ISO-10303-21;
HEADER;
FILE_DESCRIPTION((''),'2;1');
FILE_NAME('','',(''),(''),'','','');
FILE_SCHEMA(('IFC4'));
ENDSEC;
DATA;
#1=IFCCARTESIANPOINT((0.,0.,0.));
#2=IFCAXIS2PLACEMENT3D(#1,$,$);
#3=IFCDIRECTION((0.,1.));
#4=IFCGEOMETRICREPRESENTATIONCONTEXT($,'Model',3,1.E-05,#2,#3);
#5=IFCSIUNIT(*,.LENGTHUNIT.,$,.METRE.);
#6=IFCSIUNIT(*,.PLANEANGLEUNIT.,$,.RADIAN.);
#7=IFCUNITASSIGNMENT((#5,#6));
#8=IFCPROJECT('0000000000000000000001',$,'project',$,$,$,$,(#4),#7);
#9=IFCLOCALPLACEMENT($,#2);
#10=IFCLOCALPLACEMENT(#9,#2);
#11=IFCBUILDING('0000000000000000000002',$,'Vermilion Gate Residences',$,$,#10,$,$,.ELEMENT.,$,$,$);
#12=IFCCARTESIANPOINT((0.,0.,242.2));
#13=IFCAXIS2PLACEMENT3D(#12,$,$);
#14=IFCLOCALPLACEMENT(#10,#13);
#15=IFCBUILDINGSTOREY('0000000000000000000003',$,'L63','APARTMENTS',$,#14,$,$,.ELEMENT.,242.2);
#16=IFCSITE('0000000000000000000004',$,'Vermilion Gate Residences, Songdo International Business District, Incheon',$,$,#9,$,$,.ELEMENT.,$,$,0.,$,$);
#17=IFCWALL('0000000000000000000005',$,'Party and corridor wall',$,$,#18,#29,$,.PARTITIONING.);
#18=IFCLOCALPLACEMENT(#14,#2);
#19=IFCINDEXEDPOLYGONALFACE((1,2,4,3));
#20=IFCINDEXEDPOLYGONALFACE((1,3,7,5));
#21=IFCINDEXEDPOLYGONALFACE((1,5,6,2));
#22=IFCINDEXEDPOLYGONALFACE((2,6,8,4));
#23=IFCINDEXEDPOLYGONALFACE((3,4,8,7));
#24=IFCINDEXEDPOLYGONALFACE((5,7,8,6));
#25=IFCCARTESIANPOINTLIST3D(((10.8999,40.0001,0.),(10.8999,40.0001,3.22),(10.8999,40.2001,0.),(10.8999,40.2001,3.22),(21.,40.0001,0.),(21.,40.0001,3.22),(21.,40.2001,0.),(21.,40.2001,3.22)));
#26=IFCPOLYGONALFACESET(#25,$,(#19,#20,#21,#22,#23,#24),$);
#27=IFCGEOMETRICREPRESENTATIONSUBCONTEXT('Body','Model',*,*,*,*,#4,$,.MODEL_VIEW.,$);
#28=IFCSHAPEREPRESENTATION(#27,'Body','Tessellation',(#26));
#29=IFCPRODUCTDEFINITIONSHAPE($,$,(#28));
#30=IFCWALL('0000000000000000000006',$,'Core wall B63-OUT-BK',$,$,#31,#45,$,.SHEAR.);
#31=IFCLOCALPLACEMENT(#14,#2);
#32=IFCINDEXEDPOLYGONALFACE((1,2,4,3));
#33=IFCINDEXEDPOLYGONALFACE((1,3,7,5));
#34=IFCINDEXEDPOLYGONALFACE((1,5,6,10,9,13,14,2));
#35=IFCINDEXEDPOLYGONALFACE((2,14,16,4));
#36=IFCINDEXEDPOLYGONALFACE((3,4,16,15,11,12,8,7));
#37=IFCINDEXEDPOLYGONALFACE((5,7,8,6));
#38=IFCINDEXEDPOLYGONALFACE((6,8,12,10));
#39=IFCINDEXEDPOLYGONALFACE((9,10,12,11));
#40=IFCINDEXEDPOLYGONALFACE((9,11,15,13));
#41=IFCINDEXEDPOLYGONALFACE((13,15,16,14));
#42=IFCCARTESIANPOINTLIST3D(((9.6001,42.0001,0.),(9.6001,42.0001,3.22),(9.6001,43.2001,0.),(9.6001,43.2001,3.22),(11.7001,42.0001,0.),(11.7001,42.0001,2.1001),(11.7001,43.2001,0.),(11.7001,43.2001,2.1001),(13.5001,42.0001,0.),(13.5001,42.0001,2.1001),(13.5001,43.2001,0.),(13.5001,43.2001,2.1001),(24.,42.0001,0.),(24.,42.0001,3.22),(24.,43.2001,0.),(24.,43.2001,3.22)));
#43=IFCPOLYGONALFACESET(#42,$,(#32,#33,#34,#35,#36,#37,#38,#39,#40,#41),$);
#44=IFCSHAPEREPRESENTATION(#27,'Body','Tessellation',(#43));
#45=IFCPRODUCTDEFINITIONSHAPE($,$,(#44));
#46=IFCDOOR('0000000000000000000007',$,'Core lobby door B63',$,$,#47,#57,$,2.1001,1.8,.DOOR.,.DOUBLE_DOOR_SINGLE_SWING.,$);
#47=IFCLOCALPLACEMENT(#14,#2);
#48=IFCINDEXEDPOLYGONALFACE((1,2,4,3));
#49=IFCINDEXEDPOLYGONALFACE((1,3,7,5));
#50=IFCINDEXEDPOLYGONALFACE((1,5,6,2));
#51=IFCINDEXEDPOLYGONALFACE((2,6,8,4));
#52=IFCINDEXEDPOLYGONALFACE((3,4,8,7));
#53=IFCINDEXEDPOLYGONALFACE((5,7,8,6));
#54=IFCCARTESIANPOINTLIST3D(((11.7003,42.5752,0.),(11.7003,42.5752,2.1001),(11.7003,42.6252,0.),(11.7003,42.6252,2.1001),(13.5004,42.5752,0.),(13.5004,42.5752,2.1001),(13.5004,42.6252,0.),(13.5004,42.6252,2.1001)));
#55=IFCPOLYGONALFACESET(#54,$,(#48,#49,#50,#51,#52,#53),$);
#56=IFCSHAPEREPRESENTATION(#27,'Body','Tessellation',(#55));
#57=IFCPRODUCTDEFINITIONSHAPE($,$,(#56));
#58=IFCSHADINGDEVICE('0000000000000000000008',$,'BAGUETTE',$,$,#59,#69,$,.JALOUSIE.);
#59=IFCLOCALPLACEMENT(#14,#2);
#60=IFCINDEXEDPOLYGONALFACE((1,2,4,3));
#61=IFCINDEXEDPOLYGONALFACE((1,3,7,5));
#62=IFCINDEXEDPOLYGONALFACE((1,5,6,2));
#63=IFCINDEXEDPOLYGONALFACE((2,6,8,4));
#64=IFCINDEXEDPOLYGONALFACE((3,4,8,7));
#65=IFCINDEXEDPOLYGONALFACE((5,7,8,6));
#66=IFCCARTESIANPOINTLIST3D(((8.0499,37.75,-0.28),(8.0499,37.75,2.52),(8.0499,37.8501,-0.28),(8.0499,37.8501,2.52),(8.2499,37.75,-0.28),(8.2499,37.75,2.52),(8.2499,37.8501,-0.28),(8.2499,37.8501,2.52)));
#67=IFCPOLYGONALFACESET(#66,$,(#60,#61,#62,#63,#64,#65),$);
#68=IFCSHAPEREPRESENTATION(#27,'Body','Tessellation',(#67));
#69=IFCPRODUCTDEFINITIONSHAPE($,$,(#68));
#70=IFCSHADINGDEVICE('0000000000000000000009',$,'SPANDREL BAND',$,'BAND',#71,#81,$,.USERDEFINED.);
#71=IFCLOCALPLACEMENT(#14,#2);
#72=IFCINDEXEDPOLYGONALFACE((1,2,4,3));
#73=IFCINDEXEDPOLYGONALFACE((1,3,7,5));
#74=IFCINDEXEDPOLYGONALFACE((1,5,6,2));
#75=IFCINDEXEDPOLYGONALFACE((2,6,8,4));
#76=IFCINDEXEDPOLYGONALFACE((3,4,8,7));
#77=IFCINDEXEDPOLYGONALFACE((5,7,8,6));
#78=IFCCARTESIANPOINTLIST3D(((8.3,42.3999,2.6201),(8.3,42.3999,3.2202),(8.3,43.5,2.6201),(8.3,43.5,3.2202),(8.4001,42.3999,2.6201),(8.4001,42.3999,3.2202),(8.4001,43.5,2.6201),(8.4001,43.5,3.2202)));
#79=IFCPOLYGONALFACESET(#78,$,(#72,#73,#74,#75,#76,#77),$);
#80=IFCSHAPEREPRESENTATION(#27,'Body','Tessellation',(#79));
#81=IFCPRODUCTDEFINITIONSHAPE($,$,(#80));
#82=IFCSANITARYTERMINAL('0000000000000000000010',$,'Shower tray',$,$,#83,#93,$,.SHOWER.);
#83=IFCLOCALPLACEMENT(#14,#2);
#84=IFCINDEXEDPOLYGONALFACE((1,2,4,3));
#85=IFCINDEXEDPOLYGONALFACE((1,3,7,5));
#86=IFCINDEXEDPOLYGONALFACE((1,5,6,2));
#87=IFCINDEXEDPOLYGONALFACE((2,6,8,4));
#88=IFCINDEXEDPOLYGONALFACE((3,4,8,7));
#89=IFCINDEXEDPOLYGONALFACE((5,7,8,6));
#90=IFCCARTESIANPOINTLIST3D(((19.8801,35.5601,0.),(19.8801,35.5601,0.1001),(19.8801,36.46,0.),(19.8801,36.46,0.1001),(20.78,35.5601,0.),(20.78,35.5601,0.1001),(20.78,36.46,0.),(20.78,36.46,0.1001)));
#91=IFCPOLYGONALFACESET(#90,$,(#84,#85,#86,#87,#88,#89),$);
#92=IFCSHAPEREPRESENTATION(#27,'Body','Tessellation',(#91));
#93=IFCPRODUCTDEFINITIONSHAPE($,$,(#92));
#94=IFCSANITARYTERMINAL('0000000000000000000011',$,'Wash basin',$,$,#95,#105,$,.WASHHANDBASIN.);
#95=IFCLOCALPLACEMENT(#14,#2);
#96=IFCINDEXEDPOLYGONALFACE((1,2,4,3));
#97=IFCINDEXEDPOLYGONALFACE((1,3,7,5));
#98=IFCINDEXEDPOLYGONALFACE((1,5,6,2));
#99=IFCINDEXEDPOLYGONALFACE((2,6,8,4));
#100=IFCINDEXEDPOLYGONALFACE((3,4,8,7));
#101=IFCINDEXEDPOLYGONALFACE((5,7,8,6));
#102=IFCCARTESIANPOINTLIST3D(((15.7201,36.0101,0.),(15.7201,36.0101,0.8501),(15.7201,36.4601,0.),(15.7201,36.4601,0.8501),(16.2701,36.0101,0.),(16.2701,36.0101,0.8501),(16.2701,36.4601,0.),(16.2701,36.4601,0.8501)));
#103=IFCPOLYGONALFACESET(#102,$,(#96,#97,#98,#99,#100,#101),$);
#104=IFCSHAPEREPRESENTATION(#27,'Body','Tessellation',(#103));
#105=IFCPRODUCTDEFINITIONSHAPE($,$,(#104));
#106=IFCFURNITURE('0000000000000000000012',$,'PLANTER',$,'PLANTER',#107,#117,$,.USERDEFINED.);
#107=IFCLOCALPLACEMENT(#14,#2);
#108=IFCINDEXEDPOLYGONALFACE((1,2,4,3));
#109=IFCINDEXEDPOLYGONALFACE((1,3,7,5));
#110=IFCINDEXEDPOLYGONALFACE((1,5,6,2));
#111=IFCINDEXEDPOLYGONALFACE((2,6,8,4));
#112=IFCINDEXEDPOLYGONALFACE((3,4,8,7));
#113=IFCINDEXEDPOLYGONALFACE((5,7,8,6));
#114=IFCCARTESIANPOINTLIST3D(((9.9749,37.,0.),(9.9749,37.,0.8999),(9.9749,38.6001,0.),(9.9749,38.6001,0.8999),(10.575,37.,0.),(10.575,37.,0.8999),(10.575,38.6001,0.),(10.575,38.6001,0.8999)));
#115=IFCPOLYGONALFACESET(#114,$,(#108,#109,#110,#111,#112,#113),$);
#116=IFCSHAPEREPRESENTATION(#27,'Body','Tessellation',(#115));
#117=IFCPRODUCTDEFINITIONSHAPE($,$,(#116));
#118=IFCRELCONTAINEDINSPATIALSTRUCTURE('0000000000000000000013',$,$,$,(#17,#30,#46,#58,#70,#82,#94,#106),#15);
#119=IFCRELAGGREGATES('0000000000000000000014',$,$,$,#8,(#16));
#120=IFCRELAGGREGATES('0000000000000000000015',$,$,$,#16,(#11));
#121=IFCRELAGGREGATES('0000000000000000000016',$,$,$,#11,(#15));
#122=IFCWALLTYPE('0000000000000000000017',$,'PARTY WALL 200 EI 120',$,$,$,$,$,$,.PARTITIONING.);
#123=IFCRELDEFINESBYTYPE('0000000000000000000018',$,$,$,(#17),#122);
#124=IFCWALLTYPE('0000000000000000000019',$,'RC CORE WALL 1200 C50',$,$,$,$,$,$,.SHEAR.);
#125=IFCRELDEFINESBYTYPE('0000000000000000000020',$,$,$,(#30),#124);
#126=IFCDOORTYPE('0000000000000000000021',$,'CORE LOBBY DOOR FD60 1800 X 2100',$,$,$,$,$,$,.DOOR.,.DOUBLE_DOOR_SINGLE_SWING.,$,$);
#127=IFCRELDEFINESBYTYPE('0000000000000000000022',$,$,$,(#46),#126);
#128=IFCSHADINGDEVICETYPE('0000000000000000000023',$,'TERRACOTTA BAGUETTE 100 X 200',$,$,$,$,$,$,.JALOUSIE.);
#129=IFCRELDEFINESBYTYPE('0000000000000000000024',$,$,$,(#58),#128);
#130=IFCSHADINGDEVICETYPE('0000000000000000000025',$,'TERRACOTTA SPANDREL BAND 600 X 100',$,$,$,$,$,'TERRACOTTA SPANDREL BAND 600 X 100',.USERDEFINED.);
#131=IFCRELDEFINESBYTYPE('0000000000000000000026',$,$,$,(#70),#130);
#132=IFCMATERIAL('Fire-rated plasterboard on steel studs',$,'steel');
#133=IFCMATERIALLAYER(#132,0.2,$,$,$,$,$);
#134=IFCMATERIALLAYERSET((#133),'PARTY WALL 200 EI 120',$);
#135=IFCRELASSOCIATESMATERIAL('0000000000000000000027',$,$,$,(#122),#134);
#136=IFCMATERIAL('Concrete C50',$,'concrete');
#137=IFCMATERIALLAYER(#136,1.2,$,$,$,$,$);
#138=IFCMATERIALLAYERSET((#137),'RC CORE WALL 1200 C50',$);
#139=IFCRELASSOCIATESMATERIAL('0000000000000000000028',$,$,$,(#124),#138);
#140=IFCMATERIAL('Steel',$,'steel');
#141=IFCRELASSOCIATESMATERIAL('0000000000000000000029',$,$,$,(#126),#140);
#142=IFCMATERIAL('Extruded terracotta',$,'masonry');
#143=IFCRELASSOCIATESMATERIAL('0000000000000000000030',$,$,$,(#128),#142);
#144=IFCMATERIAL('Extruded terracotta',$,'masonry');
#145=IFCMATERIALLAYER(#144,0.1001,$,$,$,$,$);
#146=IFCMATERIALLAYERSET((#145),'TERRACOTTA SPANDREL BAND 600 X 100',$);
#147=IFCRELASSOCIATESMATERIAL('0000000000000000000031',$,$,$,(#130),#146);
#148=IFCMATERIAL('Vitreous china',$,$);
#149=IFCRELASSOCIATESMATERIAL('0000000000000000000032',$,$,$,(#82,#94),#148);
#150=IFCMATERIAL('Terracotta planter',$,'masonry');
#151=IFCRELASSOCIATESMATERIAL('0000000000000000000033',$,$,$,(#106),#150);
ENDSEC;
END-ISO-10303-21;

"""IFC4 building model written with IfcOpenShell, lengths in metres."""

from ifc_helpers import new_model, si_unit, direction, frame, frame_2d, origin, origin_2d, place, context, subcontext, project, spatial, rectangle, extrude, material, layer, layer_set, material_profile, profile_set, type_object, element, fill, save


model = new_model("IFC4")

# Units and contexts
model_context = context("Model", 3, precision=1e-05, world=origin(), true_north=direction((0.0, 1.0)))
body_context = subcontext(model_context, "Body", "Model", "MODEL_VIEW")
ifc_project = project(units=[si_unit("LENGTHUNIT", "METRE"), si_unit("PLANEANGLEUNIT", "RADIAN")], contexts=[model_context])

# Site, building, storey
site_placement = place(None, origin())
site = spatial("IfcSite", under=ifc_project, at=site_placement, Name="Vermilion Gate Residences, Songdo International Business District, Incheon", CompositionType="ELEMENT", RefElevation=0.0)
building_placement = place(site_placement, origin())
building = spatial("IfcBuilding", under=site, at=building_placement, Name="Vermilion Gate Residences", CompositionType="ELEMENT")
storey_placement = place(building_placement, frame((0.0, 0.0, 242.2)))
storey = spatial("IfcBuildingStorey", under=building, at=storey_placement, Name="L63", Description="APARTMENTS", CompositionType="ELEMENT", Elevation=242.2)

# Wall
ifc_material_1 = material(Name="Fire-rated plasterboard on steel studs", Category="steel")
ifc_layer_1 = layer(ifc_material_1, 0.2)
ifc_layer_set_1 = layer_set([ifc_layer_1], Name="PARTY WALL 200 EI 120")
wall_type_1 = type_object("IfcWallType", Name="PARTY WALL 200 EI 120", PredefinedType="PARTITIONING", material=ifc_layer_set_1)
wall_1_placement = place(storey_placement, frame((10.8999, 40.1001, 0.0), z_axis=(0.0, 0.0, 1.0), x_axis=(1.0, 0.0, 0.0)))
element("IfcWall", 1, at=wall_1_placement, inside=storey, type_object=wall_type_1, Name="Party and corridor wall", PredefinedType="PARTITIONING", context=body_context, shape_type="SweptSolid", body=[
    extrude(rectangle(XDim=10.1001, YDim=0.2, at=frame_2d((5.05, 0.0))), origin(), (0.0, 0.0, 1.0), 3.22),
])

# Wall, opening, door
ifc_material_2 = material(Name="Concrete C50", Category="concrete")
ifc_layer_2 = layer(ifc_material_2, 1.2)
ifc_layer_set_2 = layer_set([ifc_layer_2], Name="RC CORE WALL 1200 C50")
wall_type_2 = type_object("IfcWallType", Name="RC CORE WALL 1200 C50", PredefinedType="SHEAR", material=ifc_layer_set_2)
wall_2_placement = place(storey_placement, frame((9.6001, 42.6001, 0.0), z_axis=(0.0, 0.0, 1.0), x_axis=(1.0, 0.0, 0.0)))
wall_2 = element("IfcWall", 2, at=wall_2_placement, inside=storey, type_object=wall_type_2, Name="Core wall B63-OUT-BK", PredefinedType="SHEAR", context=body_context, shape_type="SweptSolid", body=[
    extrude(rectangle(XDim=14.3999, YDim=1.2, at=frame_2d((7.2, 0.0))), origin(), (0.0, 0.0, 1.0), 3.22),
])
opening_1_placement = place(wall_2_placement, frame((2.1001, 0.0, 0.0)))
opening_1 = element("IfcOpeningElement", 3, at=opening_1_placement, cuts=wall_2, PredefinedType="OPENING", context=body_context, shape_type="SweptSolid", body=[
    extrude(rectangle(XDim=1.8, YDim=2.1001, at=frame_2d((0.8999, 1.05))), frame((0.0, 0.6099, 0.0), z_axis=(0.0, -1.0, 0.0), x_axis=(1.0, 0.0, 0.0)), (0.0, 0.0, 1.0), 1.22),
])
ifc_material_3 = material(Name="Steel", Category="steel")
door_type_1 = type_object("IfcDoorType", Name="CORE LOBBY DOOR FD60 1800 X 2100", OperationType="DOUBLE_DOOR_SINGLE_SWING", PredefinedType="DOOR", material=ifc_material_3)
door_1_placement = place(opening_1_placement, frame((1.8, 0.0, 0.0), z_axis=(0.0, 0.0, 1.0), x_axis=(-1.0, 0.0, 0.0)))
door_1 = element("IfcDoor", 4, at=door_1_placement, inside=storey, type_object=door_type_1, Name="Core lobby door B63", OperationType="DOUBLE_DOOR_SINGLE_SWING", OverallHeight=2.1001, OverallWidth=1.8, PredefinedType="DOOR", context=body_context, shape_type="SweptSolid", body=[
    extrude(rectangle(XDim=1.8, YDim=2.1001, at=frame_2d((0.8999, 1.05))), frame((0.0, 0.0249, 0.0), z_axis=(0.0, -1.0, 0.0), x_axis=(1.0, 0.0, 0.0)), (0.0, 0.0, 1.0), 0.05),
])
fill(opening_1, door_1)

# Shading devices
ifc_material_4 = material(Name="Extruded terracotta", Category="masonry")
ifc_material_profile_1 = material_profile(ifc_material_4, rectangle(XDim=0.2, YDim=0.1001, at=origin_2d()), Name="BAGUETTE 100 X 200")
ifc_profile_set_1 = profile_set([ifc_material_profile_1], Name="Extruded terracotta")
shading_device_type_1 = type_object("IfcShadingDeviceType", Name="TERRACOTTA BAGUETTE 100 X 200", PredefinedType="JALOUSIE", material=ifc_profile_set_1)
shading_device_1_placement = place(storey_placement, frame((8.1499, 37.8, -0.28), z_axis=(0.0, 0.0, 1.0), x_axis=(1.0, 0.0, 0.0)))
element("IfcShadingDevice", 5, at=shading_device_1_placement, inside=storey, type_object=shading_device_type_1, Name="BAGUETTE", PredefinedType="JALOUSIE", context=body_context, shape_type="SweptSolid", body=[
    extrude(rectangle(XDim=0.2, YDim=0.1001, at=origin_2d()), origin(), (0.0, 0.0, 1.0), 2.8),
])
ifc_material_5 = material(Name="Extruded terracotta", Category="masonry")
ifc_layer_3 = layer(ifc_material_5, 0.1001)
ifc_layer_set_3 = layer_set([ifc_layer_3], Name="TERRACOTTA SPANDREL BAND 600 X 100")
shading_device_type_2 = type_object("IfcShadingDeviceType", Name="TERRACOTTA SPANDREL BAND 600 X 100", ElementType="TERRACOTTA SPANDREL BAND 600 X 100", PredefinedType="USERDEFINED", material=ifc_layer_set_3)
shading_device_2_placement = place(storey_placement, frame((8.3501, 42.95, 2.6201), z_axis=(0.0, 0.0, 1.0), x_axis=(0.0, 1.0, 0.0)))
element("IfcShadingDevice", 6, at=shading_device_2_placement, inside=storey, type_object=shading_device_type_2, Name="SPANDREL BAND", ObjectType="BAND", PredefinedType="USERDEFINED", context=body_context, shape_type="SweptSolid", body=[
    extrude(rectangle(XDim=1.1001, YDim=0.1001, at=origin_2d()), origin(), (0.0, 0.0, 1.0), 0.6001),
])

# Sanitary terminals
ifc_material_6 = material(Name="Vitreous china")
sanitary_terminal_1_placement = place(storey_placement, frame((20.3301, 36.01, 0.0), z_axis=(0.0, 0.0, 1.0), x_axis=(1.0, 0.0, 0.0)))
element("IfcSanitaryTerminal", 7, at=sanitary_terminal_1_placement, inside=storey, material=ifc_material_6, Name="Shower tray", PredefinedType="SHOWER", context=body_context, shape_type="SweptSolid", body=[
    extrude(rectangle(XDim=0.8999, YDim=0.8999, at=origin_2d()), origin(), (0.0, 0.0, 1.0), 0.1001),
])
sanitary_terminal_2_placement = place(storey_placement, frame((15.9951, 36.2351, 0.0), z_axis=(0.0, 0.0, 1.0), x_axis=(1.0, 0.0, 0.0)))
element("IfcSanitaryTerminal", 8, at=sanitary_terminal_2_placement, inside=storey, material=ifc_material_6, Name="Wash basin", PredefinedType="WASHHANDBASIN", context=body_context, shape_type="SweptSolid", body=[
    extrude(rectangle(XDim=0.55, YDim=0.45, at=origin_2d()), origin(), (0.0, 0.0, 1.0), 0.8501),
])

# Furniture
ifc_material_7 = material(Name="Terracotta planter", Category="masonry")
furniture_placement = place(storey_placement, frame((10.2749, 37.8, 0.0), z_axis=(0.0, 0.0, 1.0), x_axis=(0.0, -1.0, 0.0)))
element("IfcFurniture", 9, at=furniture_placement, inside=storey, material=ifc_material_7, Name="PLANTER", ObjectType="PLANTER", PredefinedType="USERDEFINED", context=body_context, shape_type="SweptSolid", body=[
    extrude(rectangle(XDim=1.6001, YDim=0.6001, at=origin_2d()), origin(), (0.0, 0.0, 1.0), 0.8999),
])

save(model, "model.ifc")
